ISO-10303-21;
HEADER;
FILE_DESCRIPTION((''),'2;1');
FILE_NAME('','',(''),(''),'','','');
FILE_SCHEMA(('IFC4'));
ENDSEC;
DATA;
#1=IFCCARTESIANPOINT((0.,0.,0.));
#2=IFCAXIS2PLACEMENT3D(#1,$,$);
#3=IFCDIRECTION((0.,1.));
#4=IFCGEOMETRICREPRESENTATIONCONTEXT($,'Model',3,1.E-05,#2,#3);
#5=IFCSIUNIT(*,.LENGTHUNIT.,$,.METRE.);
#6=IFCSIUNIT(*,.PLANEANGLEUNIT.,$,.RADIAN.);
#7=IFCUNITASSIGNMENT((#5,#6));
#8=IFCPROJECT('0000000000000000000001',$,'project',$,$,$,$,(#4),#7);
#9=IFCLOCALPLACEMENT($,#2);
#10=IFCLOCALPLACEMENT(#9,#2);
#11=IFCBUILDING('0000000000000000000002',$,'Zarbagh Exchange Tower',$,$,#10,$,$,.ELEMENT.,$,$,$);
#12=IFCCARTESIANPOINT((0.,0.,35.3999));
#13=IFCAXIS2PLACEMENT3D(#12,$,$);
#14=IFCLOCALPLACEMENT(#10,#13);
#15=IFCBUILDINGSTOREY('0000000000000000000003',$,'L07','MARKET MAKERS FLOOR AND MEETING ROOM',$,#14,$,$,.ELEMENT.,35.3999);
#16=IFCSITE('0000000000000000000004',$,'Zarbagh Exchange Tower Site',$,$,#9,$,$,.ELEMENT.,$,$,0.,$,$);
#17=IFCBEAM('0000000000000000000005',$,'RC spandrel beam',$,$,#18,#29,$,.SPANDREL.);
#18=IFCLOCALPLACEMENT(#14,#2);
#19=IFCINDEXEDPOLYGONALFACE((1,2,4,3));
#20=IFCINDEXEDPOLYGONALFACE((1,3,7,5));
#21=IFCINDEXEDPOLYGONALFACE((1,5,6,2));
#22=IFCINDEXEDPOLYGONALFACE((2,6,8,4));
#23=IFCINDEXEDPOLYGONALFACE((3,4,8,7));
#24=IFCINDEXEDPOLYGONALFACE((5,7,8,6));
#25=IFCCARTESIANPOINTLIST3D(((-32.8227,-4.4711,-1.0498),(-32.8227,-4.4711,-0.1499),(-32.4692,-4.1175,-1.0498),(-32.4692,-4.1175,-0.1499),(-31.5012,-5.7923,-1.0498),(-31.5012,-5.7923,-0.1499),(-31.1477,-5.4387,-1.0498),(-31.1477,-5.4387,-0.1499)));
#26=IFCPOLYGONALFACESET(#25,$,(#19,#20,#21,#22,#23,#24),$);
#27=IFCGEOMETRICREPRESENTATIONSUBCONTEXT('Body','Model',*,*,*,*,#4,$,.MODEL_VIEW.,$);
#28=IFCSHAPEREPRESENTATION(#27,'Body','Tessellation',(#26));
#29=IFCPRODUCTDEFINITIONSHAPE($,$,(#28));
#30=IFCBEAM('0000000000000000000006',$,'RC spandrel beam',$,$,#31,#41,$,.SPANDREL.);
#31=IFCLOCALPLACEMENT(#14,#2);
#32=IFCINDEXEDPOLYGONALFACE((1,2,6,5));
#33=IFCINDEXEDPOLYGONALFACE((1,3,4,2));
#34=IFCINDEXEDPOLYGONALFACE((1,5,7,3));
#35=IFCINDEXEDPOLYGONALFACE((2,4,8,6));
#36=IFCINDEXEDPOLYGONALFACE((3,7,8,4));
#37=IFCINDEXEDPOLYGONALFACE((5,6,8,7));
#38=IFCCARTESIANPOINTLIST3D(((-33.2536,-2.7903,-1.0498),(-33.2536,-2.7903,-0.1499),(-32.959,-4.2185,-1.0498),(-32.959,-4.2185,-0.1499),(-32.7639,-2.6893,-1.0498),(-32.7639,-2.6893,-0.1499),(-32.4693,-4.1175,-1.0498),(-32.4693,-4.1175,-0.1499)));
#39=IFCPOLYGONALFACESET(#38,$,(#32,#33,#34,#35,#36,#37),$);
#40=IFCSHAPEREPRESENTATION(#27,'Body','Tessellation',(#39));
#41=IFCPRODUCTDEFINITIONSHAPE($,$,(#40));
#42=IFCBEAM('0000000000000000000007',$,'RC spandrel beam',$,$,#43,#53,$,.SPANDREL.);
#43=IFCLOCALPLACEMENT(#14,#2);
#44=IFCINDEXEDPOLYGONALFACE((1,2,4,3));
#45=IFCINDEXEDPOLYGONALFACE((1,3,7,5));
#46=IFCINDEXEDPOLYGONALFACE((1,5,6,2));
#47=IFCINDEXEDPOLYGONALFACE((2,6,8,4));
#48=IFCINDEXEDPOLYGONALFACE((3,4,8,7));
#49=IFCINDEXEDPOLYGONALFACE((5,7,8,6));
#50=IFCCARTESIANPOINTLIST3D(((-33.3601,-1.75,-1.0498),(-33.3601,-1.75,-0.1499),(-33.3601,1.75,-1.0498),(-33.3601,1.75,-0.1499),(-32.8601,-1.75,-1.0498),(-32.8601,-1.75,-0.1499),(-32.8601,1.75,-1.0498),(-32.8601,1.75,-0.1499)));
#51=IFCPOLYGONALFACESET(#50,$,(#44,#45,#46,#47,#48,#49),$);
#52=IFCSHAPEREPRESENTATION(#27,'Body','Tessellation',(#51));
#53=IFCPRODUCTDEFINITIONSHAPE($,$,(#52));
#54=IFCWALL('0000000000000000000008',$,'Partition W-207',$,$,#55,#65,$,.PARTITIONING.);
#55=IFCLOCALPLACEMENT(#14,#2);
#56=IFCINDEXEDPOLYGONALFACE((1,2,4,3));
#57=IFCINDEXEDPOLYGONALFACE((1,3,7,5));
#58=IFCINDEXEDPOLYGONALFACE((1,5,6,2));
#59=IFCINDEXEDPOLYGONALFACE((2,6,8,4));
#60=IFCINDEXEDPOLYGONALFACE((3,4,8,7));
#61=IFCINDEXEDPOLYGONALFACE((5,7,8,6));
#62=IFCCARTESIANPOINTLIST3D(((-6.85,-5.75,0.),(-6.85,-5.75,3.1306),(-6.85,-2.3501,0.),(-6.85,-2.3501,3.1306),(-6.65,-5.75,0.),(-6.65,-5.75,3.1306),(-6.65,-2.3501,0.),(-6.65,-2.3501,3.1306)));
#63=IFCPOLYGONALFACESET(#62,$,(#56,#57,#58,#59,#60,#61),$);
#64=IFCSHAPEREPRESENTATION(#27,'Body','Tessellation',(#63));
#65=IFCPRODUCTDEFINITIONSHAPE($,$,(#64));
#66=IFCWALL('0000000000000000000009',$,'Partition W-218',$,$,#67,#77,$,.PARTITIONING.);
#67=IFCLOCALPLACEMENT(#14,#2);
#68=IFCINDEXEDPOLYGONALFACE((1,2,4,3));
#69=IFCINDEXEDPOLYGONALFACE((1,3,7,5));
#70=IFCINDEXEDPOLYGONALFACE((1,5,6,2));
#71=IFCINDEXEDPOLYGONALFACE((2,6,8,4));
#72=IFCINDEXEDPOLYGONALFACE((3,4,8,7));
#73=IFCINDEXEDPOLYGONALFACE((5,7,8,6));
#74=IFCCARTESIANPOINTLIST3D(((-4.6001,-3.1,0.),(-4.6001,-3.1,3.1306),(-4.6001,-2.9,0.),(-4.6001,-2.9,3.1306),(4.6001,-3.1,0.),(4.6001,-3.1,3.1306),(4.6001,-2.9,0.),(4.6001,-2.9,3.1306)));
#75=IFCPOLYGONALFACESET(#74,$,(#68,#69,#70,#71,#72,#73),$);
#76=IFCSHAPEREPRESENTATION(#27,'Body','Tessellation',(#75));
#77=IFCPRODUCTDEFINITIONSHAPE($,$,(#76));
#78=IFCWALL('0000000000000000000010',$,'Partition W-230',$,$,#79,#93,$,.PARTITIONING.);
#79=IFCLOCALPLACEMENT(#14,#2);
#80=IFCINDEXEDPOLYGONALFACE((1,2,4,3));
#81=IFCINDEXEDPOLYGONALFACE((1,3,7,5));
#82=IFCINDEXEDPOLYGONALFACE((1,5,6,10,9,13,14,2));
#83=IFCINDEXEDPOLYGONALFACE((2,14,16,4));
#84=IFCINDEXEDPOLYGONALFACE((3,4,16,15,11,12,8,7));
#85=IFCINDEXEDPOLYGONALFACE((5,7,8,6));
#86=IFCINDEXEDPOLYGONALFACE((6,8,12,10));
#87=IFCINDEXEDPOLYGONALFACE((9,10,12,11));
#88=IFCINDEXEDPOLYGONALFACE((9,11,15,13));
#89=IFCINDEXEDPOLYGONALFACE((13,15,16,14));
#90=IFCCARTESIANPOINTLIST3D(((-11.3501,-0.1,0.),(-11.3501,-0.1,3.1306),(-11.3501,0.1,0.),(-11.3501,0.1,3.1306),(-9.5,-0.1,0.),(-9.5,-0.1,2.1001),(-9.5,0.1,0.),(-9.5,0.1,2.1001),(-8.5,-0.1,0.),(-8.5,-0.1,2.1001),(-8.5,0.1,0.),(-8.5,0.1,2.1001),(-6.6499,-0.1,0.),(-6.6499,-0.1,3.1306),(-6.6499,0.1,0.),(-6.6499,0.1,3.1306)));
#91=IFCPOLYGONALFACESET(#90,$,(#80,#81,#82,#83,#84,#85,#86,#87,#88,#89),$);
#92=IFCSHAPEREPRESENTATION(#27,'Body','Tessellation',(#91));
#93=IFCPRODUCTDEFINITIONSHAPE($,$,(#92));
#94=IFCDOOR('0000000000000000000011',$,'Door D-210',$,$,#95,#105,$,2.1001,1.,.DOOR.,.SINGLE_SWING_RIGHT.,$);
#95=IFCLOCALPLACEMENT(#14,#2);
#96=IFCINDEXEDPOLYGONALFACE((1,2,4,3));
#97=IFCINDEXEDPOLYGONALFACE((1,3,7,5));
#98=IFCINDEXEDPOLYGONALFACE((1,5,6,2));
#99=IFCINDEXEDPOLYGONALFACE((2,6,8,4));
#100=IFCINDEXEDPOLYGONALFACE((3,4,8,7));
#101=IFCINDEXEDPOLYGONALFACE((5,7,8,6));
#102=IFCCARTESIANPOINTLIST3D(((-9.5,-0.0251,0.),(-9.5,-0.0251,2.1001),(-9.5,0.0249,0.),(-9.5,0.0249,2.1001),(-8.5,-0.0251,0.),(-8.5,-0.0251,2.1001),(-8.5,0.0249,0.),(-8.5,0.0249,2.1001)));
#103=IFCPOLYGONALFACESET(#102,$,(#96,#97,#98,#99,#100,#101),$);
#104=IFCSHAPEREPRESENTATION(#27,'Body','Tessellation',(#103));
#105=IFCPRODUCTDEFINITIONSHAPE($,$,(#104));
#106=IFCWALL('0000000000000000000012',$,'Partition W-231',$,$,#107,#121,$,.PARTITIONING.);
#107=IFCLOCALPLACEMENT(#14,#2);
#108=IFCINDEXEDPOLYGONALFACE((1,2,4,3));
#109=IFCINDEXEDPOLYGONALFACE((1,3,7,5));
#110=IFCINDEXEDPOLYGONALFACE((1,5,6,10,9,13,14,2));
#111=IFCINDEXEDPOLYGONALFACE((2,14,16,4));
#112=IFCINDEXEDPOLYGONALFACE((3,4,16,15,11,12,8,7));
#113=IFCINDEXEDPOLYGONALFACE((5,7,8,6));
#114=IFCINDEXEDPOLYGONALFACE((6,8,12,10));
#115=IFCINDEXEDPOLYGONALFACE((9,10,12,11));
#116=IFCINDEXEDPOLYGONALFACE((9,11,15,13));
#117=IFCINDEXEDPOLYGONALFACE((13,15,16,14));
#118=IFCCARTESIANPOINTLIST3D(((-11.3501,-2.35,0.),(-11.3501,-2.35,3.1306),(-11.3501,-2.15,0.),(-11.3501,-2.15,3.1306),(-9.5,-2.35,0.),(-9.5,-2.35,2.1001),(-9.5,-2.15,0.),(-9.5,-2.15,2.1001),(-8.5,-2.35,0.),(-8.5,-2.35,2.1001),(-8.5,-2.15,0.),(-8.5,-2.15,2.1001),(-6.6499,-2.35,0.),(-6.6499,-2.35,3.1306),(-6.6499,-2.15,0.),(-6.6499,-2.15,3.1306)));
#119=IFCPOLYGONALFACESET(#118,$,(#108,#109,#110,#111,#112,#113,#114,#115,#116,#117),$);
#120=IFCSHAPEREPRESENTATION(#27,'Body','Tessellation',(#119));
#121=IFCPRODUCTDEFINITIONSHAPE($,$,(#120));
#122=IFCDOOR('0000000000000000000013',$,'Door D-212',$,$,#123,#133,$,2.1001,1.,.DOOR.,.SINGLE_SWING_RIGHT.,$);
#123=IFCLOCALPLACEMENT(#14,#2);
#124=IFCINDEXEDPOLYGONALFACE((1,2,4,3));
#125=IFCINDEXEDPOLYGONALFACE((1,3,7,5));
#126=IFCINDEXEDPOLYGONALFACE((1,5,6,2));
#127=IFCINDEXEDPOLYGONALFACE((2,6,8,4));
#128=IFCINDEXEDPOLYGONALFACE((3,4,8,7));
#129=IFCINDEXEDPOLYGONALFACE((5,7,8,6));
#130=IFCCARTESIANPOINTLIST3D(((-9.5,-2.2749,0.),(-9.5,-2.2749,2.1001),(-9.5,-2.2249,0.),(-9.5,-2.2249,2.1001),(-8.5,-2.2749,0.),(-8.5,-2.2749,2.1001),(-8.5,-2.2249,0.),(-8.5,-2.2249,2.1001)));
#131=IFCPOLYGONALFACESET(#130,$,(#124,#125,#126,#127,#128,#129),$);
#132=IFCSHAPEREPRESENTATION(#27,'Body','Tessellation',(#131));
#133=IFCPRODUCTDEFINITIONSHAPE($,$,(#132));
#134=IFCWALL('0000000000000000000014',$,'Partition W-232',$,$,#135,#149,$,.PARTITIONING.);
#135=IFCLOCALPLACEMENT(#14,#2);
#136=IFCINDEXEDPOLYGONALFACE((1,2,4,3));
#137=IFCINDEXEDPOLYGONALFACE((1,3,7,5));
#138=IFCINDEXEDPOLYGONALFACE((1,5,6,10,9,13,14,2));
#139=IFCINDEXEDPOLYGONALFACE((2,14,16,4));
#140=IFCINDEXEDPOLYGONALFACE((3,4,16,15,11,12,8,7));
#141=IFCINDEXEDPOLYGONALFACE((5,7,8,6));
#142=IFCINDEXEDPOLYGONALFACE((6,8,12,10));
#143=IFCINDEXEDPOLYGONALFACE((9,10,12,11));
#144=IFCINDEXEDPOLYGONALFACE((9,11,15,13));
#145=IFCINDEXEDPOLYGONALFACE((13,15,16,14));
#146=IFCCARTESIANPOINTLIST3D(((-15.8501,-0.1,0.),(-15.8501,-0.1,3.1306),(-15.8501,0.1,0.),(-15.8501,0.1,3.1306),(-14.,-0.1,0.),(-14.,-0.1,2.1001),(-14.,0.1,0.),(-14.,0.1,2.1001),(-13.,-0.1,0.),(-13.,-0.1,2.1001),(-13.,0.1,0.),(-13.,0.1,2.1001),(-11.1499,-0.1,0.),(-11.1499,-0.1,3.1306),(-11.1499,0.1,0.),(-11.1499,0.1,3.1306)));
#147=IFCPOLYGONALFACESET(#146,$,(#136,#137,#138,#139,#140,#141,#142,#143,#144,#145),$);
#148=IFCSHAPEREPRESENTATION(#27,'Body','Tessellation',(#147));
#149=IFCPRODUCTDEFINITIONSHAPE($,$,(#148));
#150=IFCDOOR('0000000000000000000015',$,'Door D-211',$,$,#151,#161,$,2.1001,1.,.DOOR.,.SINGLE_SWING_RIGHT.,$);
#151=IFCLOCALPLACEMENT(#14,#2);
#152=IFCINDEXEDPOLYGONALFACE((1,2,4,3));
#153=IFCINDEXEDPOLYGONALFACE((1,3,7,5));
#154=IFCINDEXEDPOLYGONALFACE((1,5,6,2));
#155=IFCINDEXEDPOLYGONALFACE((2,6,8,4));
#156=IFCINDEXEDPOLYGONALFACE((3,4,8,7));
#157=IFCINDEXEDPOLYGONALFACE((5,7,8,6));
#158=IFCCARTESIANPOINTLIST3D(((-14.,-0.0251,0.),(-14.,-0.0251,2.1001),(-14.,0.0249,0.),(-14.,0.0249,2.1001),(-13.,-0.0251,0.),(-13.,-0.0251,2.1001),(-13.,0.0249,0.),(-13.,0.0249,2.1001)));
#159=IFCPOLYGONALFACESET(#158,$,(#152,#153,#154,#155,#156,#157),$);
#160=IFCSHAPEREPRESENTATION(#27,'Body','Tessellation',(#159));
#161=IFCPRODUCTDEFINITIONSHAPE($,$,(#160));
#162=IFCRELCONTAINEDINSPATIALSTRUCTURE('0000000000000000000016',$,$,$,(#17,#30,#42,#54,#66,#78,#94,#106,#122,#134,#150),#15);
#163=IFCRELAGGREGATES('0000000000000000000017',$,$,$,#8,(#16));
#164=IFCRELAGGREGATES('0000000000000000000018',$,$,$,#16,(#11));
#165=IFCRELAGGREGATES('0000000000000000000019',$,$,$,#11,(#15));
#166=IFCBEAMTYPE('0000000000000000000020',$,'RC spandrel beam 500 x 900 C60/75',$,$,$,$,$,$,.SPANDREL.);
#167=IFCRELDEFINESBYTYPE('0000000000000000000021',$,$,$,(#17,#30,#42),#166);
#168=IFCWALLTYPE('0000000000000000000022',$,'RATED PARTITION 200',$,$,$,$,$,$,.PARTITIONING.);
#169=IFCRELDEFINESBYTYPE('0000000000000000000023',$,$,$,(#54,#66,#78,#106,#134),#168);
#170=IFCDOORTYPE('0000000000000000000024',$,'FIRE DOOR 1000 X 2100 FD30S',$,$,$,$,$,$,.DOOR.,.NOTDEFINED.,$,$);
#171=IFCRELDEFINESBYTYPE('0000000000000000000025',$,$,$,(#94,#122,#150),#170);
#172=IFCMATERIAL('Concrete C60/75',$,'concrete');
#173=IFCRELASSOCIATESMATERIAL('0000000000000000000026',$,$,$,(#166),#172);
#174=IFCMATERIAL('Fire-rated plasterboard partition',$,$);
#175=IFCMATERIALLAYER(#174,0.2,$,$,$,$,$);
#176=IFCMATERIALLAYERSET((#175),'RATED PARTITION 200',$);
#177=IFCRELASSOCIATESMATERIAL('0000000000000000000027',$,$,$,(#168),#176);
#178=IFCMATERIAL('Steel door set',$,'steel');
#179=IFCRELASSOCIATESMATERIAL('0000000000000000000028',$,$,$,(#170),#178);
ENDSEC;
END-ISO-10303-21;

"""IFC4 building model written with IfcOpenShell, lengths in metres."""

from ifc_helpers import new_model, si_unit, direction, frame, frame_2d, origin, origin_2d, place, context, subcontext, project, spatial, rectangle, extrude, material, layer, layer_set, material_profile, profile_set, type_object, element, fill, save


model = new_model("IFC4")

# Units and contexts
model_context = context("Model", 3, precision=1e-05, world=origin(), true_north=direction((0.0, 1.0)))
body_context = subcontext(model_context, "Body", "Model", "MODEL_VIEW")
ifc_project = project(units=[si_unit("LENGTHUNIT", "METRE"), si_unit("PLANEANGLEUNIT", "RADIAN")], contexts=[model_context])

# Site, building, storey
site_placement = place(None, origin())
site = spatial("IfcSite", under=ifc_project, at=site_placement, Name="Zarbagh Exchange Tower Site", CompositionType="ELEMENT", RefElevation=0.0)
building_placement = place(site_placement, origin())
building = spatial("IfcBuilding", under=site, at=building_placement, Name="Zarbagh Exchange Tower", CompositionType="ELEMENT")
storey_placement = place(building_placement, frame((0.0, 0.0, 35.3999)))
storey = spatial("IfcBuildingStorey", under=building, at=storey_placement, Name="L07", Description="MARKET MAKERS FLOOR AND MEETING ROOM", CompositionType="ELEMENT", Elevation=35.3999)

# Shared definitions
ifc_material_1 = material(Name="Concrete C60/75", Category="concrete")

# Beams
ifc_material_profile_1 = material_profile(ifc_material_1, rectangle(XDim=0.5, YDim=0.8999, at=origin_2d()), Name="RC spandrel beam 500 x 900 C60/75")
ifc_profile_set_1 = profile_set([ifc_material_profile_1], Name="Concrete C60/75")
beam_type_1 = type_object("IfcBeamType", Name="RC spandrel beam 500 x 900 C60/75", PredefinedType="SPANDREL", material=ifc_profile_set_1)
beam_1_placement = place(storey_placement, frame((-31.3245, -5.6155, -0.5999), z_axis=(-0.707172, 0.707041, 0.0), x_axis=(-0.707041, -0.707172, 0.0)))
element("IfcBeam", 1, at=beam_1_placement, inside=storey, type_object=beam_type_1, Name="RC spandrel beam", PredefinedType="SPANDREL", context=body_context, shape_type="SweptSolid", body=[
    extrude(rectangle(XDim=0.5, YDim=0.8999, at=origin_2d()), origin(), (0.0, 0.0, 1.0), 1.8687),
])
beam_2_placement = place(storey_placement, frame((-32.7141, -4.168, -0.5999), z_axis=(-0.202069, 0.979371, 0.0), x_axis=(-0.979371, -0.202069, 0.0)))
element("IfcBeam", 2, at=beam_2_placement, inside=storey, type_object=beam_type_1, Name="RC spandrel beam", PredefinedType="SPANDREL", context=body_context, shape_type="SweptSolid", body=[
    extrude(rectangle(XDim=0.5, YDim=0.8999, at=origin_2d()), origin(), (0.0, 0.0, 1.0), 1.4583),
])
beam_3_placement = place(storey_placement, frame((-33.1101, -1.75, -0.5999), z_axis=(0.0, 1.0, 0.0), x_axis=(-1.0, 0.0, 0.0)))
element("IfcBeam", 3, at=beam_3_placement, inside=storey, type_object=beam_type_1, Name="RC spandrel beam", PredefinedType="SPANDREL", context=body_context, shape_type="SweptSolid", body=[
    extrude(rectangle(XDim=0.5, YDim=0.8999, at=origin_2d()), origin(), (0.0, 0.0, 1.0), 3.5),
])

# Walls
ifc_material_2 = material(Name="Fire-rated plasterboard partition")
ifc_layer = layer(ifc_material_2, 0.2)
ifc_layer_set = layer_set([ifc_layer], Name="RATED PARTITION 200")
wall_type = type_object("IfcWallType", Name="RATED PARTITION 200", PredefinedType="PARTITIONING", material=ifc_layer_set)
wall_1_placement = place(storey_placement, frame((-6.75, -5.75, 0.0), z_axis=(0.0, 0.0, 1.0), x_axis=(0.0, 1.0, 0.0)))
element("IfcWall", 4, at=wall_1_placement, inside=storey, type_object=wall_type, Name="Partition W-207", PredefinedType="PARTITIONING", context=body_context, shape_type="SweptSolid", body=[
    extrude(rectangle(XDim=3.3999, YDim=0.2, at=frame_2d((1.7, 0.0))), origin(), (0.0, 0.0, 1.0), 3.1306),
])
wall_2_placement = place(storey_placement, frame((-4.6001, -3.0, 0.0), z_axis=(0.0, 0.0, 1.0), x_axis=(1.0, 0.0, 0.0)))
element("IfcWall", 5, at=wall_2_placement, inside=storey, type_object=wall_type, Name="Partition W-218", PredefinedType="PARTITIONING", context=body_context, shape_type="SweptSolid", body=[
    extrude(rectangle(XDim=9.2002, YDim=0.2, at=frame_2d((4.6001, 0.0))), origin(), (0.0, 0.0, 1.0), 3.1306),
])

# Walls, openings, doors
wall_3_placement = place(storey_placement, frame((-11.3501, 0.0, 0.0), z_axis=(0.0, 0.0, 1.0), x_axis=(1.0, 0.0, 0.0)))
wall_3 = element("IfcWall", 6, at=wall_3_placement, inside=storey, type_object=wall_type, Name="Partition W-230", PredefinedType="PARTITIONING", context=body_context, shape_type="SweptSolid", body=[
    extrude(rectangle(XDim=4.7002, YDim=0.2, at=frame_2d((2.3501, 0.0))), origin(), (0.0, 0.0, 1.0), 3.1306),
])
opening_1_placement = place(wall_3_placement, frame((1.8501, 0.0, 0.0)))
opening_1 = element("IfcOpeningElement", 7, at=opening_1_placement, cuts=wall_3, PredefinedType="OPENING", context=body_context, shape_type="SweptSolid", body=[
    extrude(rectangle(XDim=1.0, YDim=2.1001, at=frame_2d((0.5, 1.05))), frame((0.0, 0.1099, 0.0), z_axis=(0.0, -1.0, 0.0), x_axis=(1.0, 0.0, 0.0)), (0.0, 0.0, 1.0), 0.22),
])
ifc_material_3 = material(Name="Steel door set", Category="steel")
door_type = type_object("IfcDoorType", Name="FIRE DOOR 1000 X 2100 FD30S", OperationType="NOTDEFINED", PredefinedType="DOOR", material=ifc_material_3)
door_1_placement = place(opening_1_placement, origin())
door_1 = element("IfcDoor", 8, at=door_1_placement, inside=storey, type_object=door_type, Name="Door D-210", OperationType="SINGLE_SWING_RIGHT", OverallHeight=2.1001, OverallWidth=1.0, PredefinedType="DOOR", context=body_context, shape_type="SweptSolid", body=[
    extrude(rectangle(XDim=1.0, YDim=2.1001, at=frame_2d((0.5, 1.05))), frame((0.0, 0.0249, 0.0), z_axis=(0.0, -1.0, 0.0), x_axis=(1.0, 0.0, 0.0)), (0.0, 0.0, 1.0), 0.05),
])
fill(opening_1, door_1)
wall_4_placement = place(storey_placement, frame((-6.6499, -2.25, 0.0), z_axis=(0.0, 0.0, 1.0), x_axis=(-1.0, 0.0, 0.0)))
wall_4 = element("IfcWall", 9, at=wall_4_placement, inside=storey, type_object=wall_type, Name="Partition W-231", PredefinedType="PARTITIONING", context=body_context, shape_type="SweptSolid", body=[
    extrude(rectangle(XDim=4.7002, YDim=0.2, at=frame_2d((2.3501, 0.0))), origin(), (0.0, 0.0, 1.0), 3.1306),
])
opening_2_placement = place(wall_4_placement, frame((1.8501, 0.0, 0.0)))
opening_2 = element("IfcOpeningElement", 10, at=opening_2_placement, cuts=wall_4, PredefinedType="OPENING", context=body_context, shape_type="SweptSolid", body=[
    extrude(rectangle(XDim=1.0, YDim=2.1001, at=frame_2d((0.5, 1.05))), frame((0.0, 0.1099, 0.0), z_axis=(0.0, -1.0, 0.0), x_axis=(1.0, 0.0, 0.0)), (0.0, 0.0, 1.0), 0.22),
])
door_2_placement = place(opening_2_placement, origin())
door_2 = element("IfcDoor", 11, at=door_2_placement, inside=storey, type_object=door_type, Name="Door D-212", OperationType="SINGLE_SWING_RIGHT", OverallHeight=2.1001, OverallWidth=1.0, PredefinedType="DOOR", context=body_context, shape_type="SweptSolid", body=[
    extrude(rectangle(XDim=1.0, YDim=2.1001, at=frame_2d((0.5, 1.05))), frame((0.0, 0.0249, 0.0), z_axis=(0.0, -1.0, 0.0), x_axis=(1.0, 0.0, 0.0)), (0.0, 0.0, 1.0), 0.05),
])
fill(opening_2, door_2)
wall_5_placement = place(storey_placement, frame((-15.8501, 0.0, 0.0), z_axis=(0.0, 0.0, 1.0), x_axis=(1.0, 0.0, 0.0)))
wall_5 = element("IfcWall", 12, at=wall_5_placement, inside=storey, type_object=wall_type, Name="Partition W-232", PredefinedType="PARTITIONING", context=body_context, shape_type="SweptSolid", body=[
    extrude(rectangle(XDim=4.7002, YDim=0.2, at=frame_2d((2.3501, 0.0))), origin(), (0.0, 0.0, 1.0), 3.1306),
])
opening_3_placement = place(wall_5_placement, frame((1.8501, 0.0, 0.0)))
opening_3 = element("IfcOpeningElement", 13, at=opening_3_placement, cuts=wall_5, PredefinedType="OPENING", context=body_context, shape_type="SweptSolid", body=[
    extrude(rectangle(XDim=1.0, YDim=2.1001, at=frame_2d((0.5, 1.05))), frame((0.0, 0.1099, 0.0), z_axis=(0.0, -1.0, 0.0), x_axis=(1.0, 0.0, 0.0)), (0.0, 0.0, 1.0), 0.22),
])
door_3_placement = place(opening_3_placement, origin())
door_3 = element("IfcDoor", 14, at=door_3_placement, inside=storey, type_object=door_type, Name="Door D-211", OperationType="SINGLE_SWING_RIGHT", OverallHeight=2.1001, OverallWidth=1.0, PredefinedType="DOOR", context=body_context, shape_type="SweptSolid", body=[
    extrude(rectangle(XDim=1.0, YDim=2.1001, at=frame_2d((0.5, 1.05))), frame((0.0, 0.0249, 0.0), z_axis=(0.0, -1.0, 0.0), x_axis=(1.0, 0.0, 0.0)), (0.0, 0.0, 1.0), 0.05),
])
fill(opening_3, door_3)

save(model, "model.ifc")
